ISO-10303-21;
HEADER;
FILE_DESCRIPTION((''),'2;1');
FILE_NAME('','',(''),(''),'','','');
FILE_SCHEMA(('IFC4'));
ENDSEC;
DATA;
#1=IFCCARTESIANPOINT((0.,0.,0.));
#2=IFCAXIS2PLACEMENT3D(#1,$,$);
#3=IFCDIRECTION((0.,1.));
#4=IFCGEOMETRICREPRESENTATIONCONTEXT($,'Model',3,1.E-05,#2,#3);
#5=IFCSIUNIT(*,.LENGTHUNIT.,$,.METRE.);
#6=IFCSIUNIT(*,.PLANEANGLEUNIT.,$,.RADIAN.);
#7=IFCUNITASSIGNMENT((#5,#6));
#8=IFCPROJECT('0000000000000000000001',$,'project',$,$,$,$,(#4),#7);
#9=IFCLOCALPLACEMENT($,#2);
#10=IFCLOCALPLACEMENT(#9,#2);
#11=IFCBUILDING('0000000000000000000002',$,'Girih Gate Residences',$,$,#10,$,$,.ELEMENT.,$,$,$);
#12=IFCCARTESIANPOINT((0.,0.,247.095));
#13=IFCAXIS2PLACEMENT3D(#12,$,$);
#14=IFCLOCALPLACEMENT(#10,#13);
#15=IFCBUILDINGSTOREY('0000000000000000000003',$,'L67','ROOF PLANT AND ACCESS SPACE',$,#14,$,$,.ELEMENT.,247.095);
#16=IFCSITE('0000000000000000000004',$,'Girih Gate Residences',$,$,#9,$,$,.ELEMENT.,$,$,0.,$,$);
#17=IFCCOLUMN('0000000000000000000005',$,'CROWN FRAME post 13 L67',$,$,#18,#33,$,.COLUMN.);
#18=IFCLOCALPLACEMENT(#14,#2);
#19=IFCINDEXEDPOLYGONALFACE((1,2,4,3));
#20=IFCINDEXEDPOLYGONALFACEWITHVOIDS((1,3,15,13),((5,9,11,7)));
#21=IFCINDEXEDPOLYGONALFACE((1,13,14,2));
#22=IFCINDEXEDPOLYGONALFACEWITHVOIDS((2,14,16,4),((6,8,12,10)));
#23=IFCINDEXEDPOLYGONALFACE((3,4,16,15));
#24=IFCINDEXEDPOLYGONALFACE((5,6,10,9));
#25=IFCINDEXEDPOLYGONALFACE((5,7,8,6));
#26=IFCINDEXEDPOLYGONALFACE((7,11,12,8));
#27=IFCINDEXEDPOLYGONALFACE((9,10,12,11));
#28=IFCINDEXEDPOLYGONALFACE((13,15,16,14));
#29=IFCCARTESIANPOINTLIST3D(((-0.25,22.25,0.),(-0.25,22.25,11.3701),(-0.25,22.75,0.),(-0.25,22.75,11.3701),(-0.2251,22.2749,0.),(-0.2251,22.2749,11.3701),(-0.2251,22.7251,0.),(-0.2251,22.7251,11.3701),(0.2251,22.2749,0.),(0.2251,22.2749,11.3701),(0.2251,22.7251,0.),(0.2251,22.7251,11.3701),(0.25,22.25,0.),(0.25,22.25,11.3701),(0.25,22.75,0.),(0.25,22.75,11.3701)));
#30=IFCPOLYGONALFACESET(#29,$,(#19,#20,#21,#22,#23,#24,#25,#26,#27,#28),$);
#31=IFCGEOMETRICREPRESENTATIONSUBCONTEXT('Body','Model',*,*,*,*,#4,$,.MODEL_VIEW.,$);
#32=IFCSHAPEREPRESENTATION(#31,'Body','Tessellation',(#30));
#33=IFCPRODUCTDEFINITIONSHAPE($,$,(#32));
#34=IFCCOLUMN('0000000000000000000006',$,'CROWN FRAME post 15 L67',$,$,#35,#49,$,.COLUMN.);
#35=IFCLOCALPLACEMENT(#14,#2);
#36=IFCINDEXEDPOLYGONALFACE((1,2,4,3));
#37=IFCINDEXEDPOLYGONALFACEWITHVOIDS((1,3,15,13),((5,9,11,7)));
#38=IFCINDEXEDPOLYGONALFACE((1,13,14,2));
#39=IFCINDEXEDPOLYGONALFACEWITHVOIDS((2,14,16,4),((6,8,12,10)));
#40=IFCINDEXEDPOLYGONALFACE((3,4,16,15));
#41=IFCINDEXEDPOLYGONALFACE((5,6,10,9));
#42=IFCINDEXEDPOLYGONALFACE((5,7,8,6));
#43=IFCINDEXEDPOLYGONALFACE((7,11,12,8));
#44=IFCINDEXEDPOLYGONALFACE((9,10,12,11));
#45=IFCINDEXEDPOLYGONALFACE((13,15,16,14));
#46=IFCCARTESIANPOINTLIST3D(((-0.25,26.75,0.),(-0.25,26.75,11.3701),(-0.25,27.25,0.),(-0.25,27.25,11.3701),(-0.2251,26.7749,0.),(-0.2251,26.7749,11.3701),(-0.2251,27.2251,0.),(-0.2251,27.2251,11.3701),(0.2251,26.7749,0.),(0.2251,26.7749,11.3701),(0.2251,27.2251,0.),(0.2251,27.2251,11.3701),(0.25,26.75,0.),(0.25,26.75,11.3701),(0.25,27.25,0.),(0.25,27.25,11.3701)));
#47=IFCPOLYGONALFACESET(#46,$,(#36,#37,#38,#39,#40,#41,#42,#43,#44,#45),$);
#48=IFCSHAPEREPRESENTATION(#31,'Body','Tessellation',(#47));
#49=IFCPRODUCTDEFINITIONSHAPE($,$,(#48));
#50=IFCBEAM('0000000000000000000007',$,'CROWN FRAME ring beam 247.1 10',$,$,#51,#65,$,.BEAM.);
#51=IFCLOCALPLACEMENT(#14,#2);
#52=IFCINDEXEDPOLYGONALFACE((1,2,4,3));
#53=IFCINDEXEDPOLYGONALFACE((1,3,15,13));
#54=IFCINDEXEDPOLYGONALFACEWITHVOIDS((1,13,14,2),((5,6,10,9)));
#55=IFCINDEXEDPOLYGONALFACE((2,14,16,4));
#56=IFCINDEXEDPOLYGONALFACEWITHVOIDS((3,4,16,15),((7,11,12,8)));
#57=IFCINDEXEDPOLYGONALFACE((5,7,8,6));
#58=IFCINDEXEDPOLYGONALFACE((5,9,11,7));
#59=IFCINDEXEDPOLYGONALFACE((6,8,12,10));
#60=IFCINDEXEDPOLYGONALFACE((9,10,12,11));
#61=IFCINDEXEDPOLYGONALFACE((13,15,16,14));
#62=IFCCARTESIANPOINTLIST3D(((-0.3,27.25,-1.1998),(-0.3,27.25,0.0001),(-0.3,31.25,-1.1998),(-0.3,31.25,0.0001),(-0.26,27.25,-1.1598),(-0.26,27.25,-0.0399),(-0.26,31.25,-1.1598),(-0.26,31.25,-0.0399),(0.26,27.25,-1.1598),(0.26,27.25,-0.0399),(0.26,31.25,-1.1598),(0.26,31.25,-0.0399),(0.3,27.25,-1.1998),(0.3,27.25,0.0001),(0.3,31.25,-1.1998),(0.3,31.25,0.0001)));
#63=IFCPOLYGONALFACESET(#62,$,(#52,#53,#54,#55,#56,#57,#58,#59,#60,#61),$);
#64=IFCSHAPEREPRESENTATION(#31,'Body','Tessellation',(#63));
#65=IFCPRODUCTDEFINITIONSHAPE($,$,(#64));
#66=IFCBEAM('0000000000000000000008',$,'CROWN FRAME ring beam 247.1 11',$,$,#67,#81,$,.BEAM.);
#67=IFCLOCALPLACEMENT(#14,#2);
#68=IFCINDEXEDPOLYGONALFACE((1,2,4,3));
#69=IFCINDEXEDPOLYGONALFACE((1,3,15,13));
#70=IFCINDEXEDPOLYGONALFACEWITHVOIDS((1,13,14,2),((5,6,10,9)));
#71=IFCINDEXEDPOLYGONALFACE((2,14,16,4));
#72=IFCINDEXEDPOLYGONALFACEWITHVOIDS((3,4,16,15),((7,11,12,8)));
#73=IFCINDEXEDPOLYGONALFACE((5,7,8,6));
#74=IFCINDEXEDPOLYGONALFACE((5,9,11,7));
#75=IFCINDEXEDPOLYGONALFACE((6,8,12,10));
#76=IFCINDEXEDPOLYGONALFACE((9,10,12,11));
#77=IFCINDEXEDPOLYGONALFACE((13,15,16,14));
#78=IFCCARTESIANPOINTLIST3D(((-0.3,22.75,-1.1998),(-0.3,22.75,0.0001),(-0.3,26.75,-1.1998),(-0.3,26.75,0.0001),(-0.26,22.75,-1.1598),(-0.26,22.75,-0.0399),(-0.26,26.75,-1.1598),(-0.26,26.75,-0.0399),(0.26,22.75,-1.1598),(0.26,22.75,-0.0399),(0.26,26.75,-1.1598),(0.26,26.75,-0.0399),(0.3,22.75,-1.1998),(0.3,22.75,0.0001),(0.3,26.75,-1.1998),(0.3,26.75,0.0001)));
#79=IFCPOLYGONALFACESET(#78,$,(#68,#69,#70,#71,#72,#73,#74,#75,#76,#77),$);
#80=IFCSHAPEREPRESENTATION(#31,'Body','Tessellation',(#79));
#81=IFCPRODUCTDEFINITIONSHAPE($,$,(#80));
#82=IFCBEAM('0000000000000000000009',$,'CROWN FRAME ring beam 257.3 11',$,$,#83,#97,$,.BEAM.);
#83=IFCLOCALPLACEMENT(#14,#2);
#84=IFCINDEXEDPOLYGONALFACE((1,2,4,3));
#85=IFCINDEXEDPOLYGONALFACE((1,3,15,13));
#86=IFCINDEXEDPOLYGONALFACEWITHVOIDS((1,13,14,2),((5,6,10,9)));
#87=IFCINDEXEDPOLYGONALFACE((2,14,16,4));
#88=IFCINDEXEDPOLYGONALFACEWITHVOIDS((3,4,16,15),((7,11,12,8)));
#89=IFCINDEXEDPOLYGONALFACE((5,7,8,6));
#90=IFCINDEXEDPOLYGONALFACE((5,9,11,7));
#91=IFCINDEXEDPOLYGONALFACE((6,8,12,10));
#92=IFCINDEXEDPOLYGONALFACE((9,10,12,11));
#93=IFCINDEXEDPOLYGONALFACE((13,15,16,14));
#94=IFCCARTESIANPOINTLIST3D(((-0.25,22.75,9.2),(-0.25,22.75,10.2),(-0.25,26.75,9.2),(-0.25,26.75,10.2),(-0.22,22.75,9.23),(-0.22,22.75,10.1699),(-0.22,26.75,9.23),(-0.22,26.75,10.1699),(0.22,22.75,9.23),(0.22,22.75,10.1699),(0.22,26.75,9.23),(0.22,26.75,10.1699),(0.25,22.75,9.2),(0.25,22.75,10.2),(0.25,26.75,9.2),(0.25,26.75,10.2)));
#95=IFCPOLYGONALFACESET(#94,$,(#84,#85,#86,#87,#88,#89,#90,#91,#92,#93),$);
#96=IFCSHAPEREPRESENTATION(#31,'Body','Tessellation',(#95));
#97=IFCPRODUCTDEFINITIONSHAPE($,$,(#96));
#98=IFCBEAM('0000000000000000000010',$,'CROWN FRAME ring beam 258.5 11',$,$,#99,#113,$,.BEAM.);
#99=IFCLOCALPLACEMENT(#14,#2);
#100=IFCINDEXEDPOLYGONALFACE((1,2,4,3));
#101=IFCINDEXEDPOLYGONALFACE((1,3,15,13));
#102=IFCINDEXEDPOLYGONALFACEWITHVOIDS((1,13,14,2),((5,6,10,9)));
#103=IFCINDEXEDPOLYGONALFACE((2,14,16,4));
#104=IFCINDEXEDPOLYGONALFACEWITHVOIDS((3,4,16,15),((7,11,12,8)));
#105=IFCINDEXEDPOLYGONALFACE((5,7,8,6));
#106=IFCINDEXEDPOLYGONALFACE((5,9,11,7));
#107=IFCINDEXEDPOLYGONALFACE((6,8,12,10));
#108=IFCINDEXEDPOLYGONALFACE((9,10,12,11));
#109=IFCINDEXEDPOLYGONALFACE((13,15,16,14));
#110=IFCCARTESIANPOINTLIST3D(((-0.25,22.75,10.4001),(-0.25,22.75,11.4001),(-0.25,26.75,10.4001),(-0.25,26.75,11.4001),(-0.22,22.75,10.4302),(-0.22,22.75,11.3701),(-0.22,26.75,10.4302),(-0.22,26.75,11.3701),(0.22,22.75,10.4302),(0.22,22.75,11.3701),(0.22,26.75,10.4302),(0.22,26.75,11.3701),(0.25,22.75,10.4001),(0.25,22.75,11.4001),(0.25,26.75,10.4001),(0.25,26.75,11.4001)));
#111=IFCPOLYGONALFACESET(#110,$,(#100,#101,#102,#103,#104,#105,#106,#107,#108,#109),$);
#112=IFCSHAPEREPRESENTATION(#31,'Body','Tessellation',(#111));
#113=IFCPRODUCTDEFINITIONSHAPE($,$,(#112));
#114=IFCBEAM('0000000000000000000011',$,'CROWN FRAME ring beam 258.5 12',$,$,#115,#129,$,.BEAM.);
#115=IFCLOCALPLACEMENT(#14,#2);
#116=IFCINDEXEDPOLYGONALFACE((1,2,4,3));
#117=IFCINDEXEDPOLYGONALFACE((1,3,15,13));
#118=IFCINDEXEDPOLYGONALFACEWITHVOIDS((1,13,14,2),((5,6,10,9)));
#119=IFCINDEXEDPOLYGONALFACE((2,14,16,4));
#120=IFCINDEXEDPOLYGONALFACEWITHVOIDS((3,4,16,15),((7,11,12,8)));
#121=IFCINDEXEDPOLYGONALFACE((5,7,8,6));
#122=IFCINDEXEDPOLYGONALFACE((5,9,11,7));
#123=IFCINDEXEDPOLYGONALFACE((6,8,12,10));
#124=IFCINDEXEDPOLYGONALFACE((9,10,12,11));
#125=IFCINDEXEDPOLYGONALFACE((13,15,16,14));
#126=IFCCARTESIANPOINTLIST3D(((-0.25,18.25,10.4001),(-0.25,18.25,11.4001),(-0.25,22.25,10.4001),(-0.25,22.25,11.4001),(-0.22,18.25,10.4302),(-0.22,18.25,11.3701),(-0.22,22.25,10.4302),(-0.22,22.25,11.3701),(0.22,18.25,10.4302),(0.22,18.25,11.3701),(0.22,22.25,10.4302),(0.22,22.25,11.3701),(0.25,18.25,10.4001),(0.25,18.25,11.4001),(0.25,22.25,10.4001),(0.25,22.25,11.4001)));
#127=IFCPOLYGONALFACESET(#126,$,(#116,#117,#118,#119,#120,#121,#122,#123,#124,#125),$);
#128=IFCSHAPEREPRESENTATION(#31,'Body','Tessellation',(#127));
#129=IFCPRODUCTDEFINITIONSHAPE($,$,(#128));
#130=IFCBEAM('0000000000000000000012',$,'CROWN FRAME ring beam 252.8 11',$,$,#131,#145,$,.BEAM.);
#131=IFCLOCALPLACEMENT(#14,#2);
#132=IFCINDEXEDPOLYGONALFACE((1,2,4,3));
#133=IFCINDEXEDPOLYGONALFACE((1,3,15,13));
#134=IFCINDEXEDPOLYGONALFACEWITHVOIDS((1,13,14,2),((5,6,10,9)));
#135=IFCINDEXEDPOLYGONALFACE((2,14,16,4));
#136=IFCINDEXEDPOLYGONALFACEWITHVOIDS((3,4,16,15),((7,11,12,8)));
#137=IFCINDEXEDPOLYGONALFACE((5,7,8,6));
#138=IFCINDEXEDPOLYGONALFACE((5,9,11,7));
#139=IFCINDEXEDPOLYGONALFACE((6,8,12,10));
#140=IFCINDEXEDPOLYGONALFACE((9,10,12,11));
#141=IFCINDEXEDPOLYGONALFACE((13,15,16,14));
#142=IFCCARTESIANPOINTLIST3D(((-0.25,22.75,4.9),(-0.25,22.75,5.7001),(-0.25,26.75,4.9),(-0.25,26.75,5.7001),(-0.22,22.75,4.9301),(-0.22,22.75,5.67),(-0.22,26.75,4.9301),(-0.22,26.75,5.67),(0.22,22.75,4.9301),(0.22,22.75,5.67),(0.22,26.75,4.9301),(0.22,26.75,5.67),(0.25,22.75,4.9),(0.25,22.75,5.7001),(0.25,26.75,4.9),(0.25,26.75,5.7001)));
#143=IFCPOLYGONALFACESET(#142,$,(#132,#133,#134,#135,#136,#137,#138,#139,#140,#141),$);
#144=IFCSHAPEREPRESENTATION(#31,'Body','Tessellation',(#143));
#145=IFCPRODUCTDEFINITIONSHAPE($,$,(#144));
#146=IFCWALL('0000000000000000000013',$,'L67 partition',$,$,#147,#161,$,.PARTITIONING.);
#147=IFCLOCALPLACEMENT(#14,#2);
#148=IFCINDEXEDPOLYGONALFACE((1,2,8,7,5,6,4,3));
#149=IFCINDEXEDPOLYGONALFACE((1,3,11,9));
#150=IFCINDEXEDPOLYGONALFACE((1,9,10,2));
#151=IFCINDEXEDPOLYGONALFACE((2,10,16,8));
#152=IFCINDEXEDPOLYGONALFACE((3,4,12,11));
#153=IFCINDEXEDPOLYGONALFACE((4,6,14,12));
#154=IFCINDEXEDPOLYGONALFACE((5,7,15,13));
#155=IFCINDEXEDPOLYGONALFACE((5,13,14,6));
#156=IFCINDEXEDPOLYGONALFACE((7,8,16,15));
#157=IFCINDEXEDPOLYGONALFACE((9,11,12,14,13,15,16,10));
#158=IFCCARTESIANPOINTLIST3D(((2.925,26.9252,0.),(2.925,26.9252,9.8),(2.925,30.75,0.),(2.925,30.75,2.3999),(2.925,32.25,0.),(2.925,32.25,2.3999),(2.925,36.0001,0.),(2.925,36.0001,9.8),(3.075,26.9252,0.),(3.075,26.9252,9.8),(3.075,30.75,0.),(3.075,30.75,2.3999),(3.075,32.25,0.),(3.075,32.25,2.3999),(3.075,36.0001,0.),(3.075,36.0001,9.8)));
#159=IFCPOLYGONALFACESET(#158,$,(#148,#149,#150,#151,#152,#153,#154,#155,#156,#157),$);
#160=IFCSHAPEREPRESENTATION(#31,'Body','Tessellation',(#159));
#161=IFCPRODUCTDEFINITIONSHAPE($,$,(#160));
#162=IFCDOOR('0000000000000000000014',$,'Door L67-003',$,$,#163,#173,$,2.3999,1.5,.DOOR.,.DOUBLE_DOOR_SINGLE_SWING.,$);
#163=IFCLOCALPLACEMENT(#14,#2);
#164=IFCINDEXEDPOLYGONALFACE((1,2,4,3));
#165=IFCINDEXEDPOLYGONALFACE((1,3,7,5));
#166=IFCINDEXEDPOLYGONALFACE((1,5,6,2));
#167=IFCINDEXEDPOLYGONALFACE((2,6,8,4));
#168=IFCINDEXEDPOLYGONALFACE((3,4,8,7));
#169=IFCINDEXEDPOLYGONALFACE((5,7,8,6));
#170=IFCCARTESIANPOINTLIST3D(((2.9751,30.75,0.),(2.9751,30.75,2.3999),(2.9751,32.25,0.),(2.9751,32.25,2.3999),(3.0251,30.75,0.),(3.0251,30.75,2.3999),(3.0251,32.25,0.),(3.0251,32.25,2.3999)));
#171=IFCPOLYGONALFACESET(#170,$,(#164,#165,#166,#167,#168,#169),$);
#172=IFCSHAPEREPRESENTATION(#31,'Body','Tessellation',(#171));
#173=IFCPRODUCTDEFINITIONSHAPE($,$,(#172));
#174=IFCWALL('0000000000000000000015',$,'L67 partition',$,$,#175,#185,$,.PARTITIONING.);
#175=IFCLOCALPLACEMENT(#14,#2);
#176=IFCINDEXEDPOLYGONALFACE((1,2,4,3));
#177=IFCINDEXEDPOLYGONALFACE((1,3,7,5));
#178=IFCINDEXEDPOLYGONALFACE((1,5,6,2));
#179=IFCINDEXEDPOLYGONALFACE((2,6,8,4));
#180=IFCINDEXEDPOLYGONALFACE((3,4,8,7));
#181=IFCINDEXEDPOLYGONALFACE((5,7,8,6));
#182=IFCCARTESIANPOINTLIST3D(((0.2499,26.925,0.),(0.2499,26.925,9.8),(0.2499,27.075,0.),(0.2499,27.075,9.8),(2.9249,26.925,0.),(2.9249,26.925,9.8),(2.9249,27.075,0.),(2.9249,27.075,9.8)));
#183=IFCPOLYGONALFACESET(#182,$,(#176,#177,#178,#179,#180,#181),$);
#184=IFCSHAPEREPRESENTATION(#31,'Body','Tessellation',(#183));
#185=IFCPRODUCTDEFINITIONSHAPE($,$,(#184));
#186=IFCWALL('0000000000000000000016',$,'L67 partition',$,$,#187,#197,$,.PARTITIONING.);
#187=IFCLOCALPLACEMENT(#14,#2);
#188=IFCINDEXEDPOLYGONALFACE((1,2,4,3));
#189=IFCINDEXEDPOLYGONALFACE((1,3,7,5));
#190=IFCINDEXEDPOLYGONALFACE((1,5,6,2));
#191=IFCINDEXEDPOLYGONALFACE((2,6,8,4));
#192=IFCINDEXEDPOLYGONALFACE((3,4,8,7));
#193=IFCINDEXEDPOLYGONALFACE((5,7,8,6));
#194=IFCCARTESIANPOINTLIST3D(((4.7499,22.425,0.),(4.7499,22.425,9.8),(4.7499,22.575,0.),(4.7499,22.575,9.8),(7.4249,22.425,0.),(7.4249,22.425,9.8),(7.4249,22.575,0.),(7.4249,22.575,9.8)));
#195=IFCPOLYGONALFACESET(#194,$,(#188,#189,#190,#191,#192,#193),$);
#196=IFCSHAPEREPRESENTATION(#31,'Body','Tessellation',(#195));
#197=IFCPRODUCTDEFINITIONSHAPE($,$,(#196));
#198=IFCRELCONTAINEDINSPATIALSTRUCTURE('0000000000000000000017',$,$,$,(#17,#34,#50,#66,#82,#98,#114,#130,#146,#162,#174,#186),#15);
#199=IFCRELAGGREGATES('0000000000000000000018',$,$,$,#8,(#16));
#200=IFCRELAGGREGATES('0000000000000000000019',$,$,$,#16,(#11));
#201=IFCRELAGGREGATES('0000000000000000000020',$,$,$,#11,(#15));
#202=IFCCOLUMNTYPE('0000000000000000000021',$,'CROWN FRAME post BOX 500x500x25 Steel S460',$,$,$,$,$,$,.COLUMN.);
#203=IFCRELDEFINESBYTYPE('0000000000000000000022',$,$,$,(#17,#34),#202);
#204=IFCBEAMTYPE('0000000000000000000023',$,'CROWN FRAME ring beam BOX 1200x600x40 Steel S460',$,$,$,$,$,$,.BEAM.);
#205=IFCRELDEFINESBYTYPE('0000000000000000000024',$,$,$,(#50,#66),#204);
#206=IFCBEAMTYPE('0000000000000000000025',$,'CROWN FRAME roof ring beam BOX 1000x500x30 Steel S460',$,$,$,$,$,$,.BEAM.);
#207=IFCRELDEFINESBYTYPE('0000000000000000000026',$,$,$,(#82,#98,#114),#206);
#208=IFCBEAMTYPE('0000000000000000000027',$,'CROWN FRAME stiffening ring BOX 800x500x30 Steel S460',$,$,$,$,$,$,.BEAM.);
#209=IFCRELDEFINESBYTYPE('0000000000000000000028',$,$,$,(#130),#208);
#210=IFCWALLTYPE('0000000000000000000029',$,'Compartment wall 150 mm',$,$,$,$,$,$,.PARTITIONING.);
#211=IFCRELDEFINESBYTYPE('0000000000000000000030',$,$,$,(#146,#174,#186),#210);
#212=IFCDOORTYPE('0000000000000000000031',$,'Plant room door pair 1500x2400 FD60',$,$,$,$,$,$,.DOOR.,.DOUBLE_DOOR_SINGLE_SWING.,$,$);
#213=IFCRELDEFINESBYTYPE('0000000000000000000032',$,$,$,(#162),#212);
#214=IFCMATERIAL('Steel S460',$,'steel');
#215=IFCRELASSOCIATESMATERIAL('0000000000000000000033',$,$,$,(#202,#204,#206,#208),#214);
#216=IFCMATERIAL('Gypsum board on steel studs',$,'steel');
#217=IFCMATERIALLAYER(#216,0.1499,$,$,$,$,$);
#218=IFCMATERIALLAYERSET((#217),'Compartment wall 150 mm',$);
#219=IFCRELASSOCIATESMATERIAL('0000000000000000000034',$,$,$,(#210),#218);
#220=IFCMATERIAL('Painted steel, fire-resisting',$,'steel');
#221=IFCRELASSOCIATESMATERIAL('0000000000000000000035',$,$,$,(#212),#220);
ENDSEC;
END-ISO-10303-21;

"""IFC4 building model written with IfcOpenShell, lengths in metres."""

from ifc_helpers import new_model, si_unit, direction, frame, frame_2d, origin, origin_2d, place, context, subcontext, project, spatial, rectangle, hollow_rectangle, extrude, material, layer, layer_set, material_profile, profile_set, type_object, element, fill, save


model = new_model("IFC4")

# Units and contexts
model_context = context("Model", 3, precision=1e-05, world=origin(), true_north=direction((0.0, 1.0)))
body_context = subcontext(model_context, "Body", "Model", "MODEL_VIEW")
ifc_project = project(units=[si_unit("LENGTHUNIT", "METRE"), si_unit("PLANEANGLEUNIT", "RADIAN")], contexts=[model_context])

# Site, building, storey
site_placement = place(None, origin())
site = spatial("IfcSite", under=ifc_project, at=site_placement, Name="Girih Gate Residences", CompositionType="ELEMENT", RefElevation=0.0)
building_placement = place(site_placement, origin())
building = spatial("IfcBuilding", under=site, at=building_placement, Name="Girih Gate Residences", CompositionType="ELEMENT")
storey_placement = place(building_placement, frame((0.0, 0.0, 247.095)))
storey = spatial("IfcBuildingStorey", under=building, at=storey_placement, Name="L67", Description="ROOF PLANT AND ACCESS SPACE", CompositionType="ELEMENT", Elevation=247.095)

# Columns
ifc_material_1 = material(Name="Steel S460", Category="steel")
ifc_material_profile_1 = material_profile(ifc_material_1, hollow_rectangle(XDim=0.5, YDim=0.5, WallThickness=0.0249, at=origin_2d()))
ifc_profile_set_1 = profile_set([ifc_material_profile_1], Name="Steel S460")
column_type = type_object("IfcColumnType", Name="CROWN FRAME post BOX 500x500x25 Steel S460", PredefinedType="COLUMN", material=ifc_profile_set_1)
for number, where, z_axis, x_axis, name in (
    (1, (0.0, 22.5, 0.0), (0.0, 0.0, 1.0), (1.0, 0.0, 0.0), "CROWN FRAME post 13 L67"),
    (2, (0.0, 27.0, 0.0), (0.0, 0.0, 1.0), (1.0, 0.0, 0.0), "CROWN FRAME post 15 L67"),
):
    element("IfcColumn", number, at=place(storey_placement, frame(where, z_axis=z_axis, x_axis=x_axis)), inside=storey, type_object=column_type, Name=name, PredefinedType="COLUMN", context=body_context, shape_type="SweptSolid", body=[
        extrude(hollow_rectangle(XDim=0.5, YDim=0.5, WallThickness=0.0249, at=origin_2d()), origin(), (0.0, 0.0, 1.0), 11.3701),
    ])

# Beams
ifc_material_profile_2 = material_profile(ifc_material_1, hollow_rectangle(XDim=0.6001, YDim=1.2, WallThickness=0.04, at=origin_2d()))
ifc_profile_set_2 = profile_set([ifc_material_profile_2], Name="Steel S460")
beam_type_1 = type_object("IfcBeamType", Name="CROWN FRAME ring beam BOX 1200x600x40 Steel S460", PredefinedType="BEAM", material=ifc_profile_set_2)
for number, where, z_axis, x_axis, name in (
    (3, (0.0, 31.25, -0.5999), (0.0, -1.0, 0.0), (1.0, 0.0, 0.0), "CROWN FRAME ring beam 247.1 10"),
    (4, (0.0, 26.75, -0.5999), (0.0, -1.0, 0.0), (1.0, 0.0, 0.0), "CROWN FRAME ring beam 247.1 11"),
):
    element("IfcBeam", number, at=place(storey_placement, frame(where, z_axis=z_axis, x_axis=x_axis)), inside=storey, type_object=beam_type_1, Name=name, PredefinedType="BEAM", context=body_context, shape_type="SweptSolid", body=[
        extrude(hollow_rectangle(XDim=0.6001, YDim=1.2, WallThickness=0.04, at=origin_2d()), origin(), (0.0, 0.0, 1.0), 4.0),
    ])
ifc_material_profile_3 = material_profile(ifc_material_1, hollow_rectangle(XDim=0.5, YDim=1.0, WallThickness=0.03, at=origin_2d()))
ifc_profile_set_3 = profile_set([ifc_material_profile_3], Name="Steel S460")
beam_type_2 = type_object("IfcBeamType", Name="CROWN FRAME roof ring beam BOX 1000x500x30 Steel S460", PredefinedType="BEAM", material=ifc_profile_set_3)
for number, where, z_axis, x_axis, name in (
    (5, (0.0, 26.75, 9.7), (0.0, -1.0, 0.0), (1.0, 0.0, 0.0), "CROWN FRAME ring beam 257.3 11"),
    (6, (0.0, 26.75, 10.9001), (0.0, -1.0, 0.0), (1.0, 0.0, 0.0), "CROWN FRAME ring beam 258.5 11"),
    (7, (0.0, 22.25, 10.9001), (0.0, -1.0, 0.0), (1.0, 0.0, 0.0), "CROWN FRAME ring beam 258.5 12"),
):
    element("IfcBeam", number, at=place(storey_placement, frame(where, z_axis=z_axis, x_axis=x_axis)), inside=storey, type_object=beam_type_2, Name=name, PredefinedType="BEAM", context=body_context, shape_type="SweptSolid", body=[
        extrude(hollow_rectangle(XDim=0.5, YDim=1.0, WallThickness=0.03, at=origin_2d()), origin(), (0.0, 0.0, 1.0), 4.0),
    ])
ifc_material_profile_4 = material_profile(ifc_material_1, hollow_rectangle(XDim=0.5, YDim=0.8, WallThickness=0.03, at=origin_2d()))
ifc_profile_set_4 = profile_set([ifc_material_profile_4], Name="Steel S460")
beam_type_3 = type_object("IfcBeamType", Name="CROWN FRAME stiffening ring BOX 800x500x30 Steel S460", PredefinedType="BEAM", material=ifc_profile_set_4)
beam_placement = place(storey_placement, frame((0.0, 26.75, 5.3), z_axis=(0.0, -1.0, 0.0), x_axis=(1.0, 0.0, 0.0)))
element("IfcBeam", 8, at=beam_placement, inside=storey, type_object=beam_type_3, Name="CROWN FRAME ring beam 252.8 11", PredefinedType="BEAM", context=body_context, shape_type="SweptSolid", body=[
    extrude(hollow_rectangle(XDim=0.5, YDim=0.8, WallThickness=0.03, at=origin_2d()), origin(), (0.0, 0.0, 1.0), 4.0),
])

# Wall, opening, door
ifc_material_2 = material(Name="Gypsum board on steel studs", Category="steel")
ifc_layer_1 = layer(ifc_material_2, 0.1499)
ifc_layer_set_1 = layer_set([ifc_layer_1], Name="Compartment wall 150 mm")
wall_type_1 = type_object("IfcWallType", Name="Compartment wall 150 mm", PredefinedType="PARTITIONING", material=ifc_layer_set_1)
wall_1_placement = place(storey_placement, frame((3.0, 26.925, 0.0), z_axis=(0.0, 0.0, 1.0), x_axis=(0.0, 1.0, 0.0)))
wall_1 = element("IfcWall", 9, at=wall_1_placement, inside=storey, type_object=wall_type_1, Name="L67 partition", PredefinedType="PARTITIONING", context=body_context, shape_type="SweptSolid", body=[
    extrude(rectangle(XDim=9.075, YDim=0.1499, at=frame_2d((4.5376, 0.0))), origin(), (0.0, 0.0, 1.0), 9.8),
])
opening_1_placement = place(wall_1_placement, frame((3.825, 0.0, 0.0)))
opening_1 = element("IfcOpeningElement", 10, at=opening_1_placement, cuts=wall_1, PredefinedType="OPENING", context=body_context, shape_type="SweptSolid", body=[
    extrude(rectangle(XDim=1.5, YDim=2.3999, at=frame_2d((0.75, 1.2))), frame((0.0, 0.085, 0.0), z_axis=(0.0, -1.0, 0.0), x_axis=(1.0, 0.0, 0.0)), (0.0, 0.0, 1.0), 0.1699),
])
ifc_material_3 = material(Name="Painted steel, fire-resisting", Category="steel")
door_type_1 = type_object("IfcDoorType", Name="Plant room door pair 1500x2400 FD60", OperationType="DOUBLE_DOOR_SINGLE_SWING", PredefinedType="DOOR", material=ifc_material_3)
door_1_placement = place(opening_1_placement, origin())
door_1 = element("IfcDoor", 11, at=door_1_placement, inside=storey, type_object=door_type_1, Name="Door L67-003", OperationType="DOUBLE_DOOR_SINGLE_SWING", OverallHeight=2.3999, OverallWidth=1.5, PredefinedType="DOOR", context=body_context, shape_type="SweptSolid", body=[
    extrude(rectangle(XDim=1.5, YDim=2.3999, at=frame_2d((0.75, 1.2))), frame((0.0, 0.0249, 0.0), z_axis=(0.0, -1.0, 0.0), x_axis=(1.0, 0.0, 0.0)), (0.0, 0.0, 1.0), 0.05),
])
fill(opening_1, door_1)

# Walls
for number, where, z_axis, x_axis, name in (
    (12, (0.25, 27.0, 0.0), (0.0, 0.0, 1.0), (1.0, 0.0, 0.0), "L67 partition"),
    (13, (4.75, 22.5, 0.0), (0.0, 0.0, 1.0), (1.0, 0.0, 0.0), "L67 partition"),
):
    element("IfcWall", number, at=place(storey_placement, frame(where, z_axis=z_axis, x_axis=x_axis)), inside=storey, type_object=wall_type_1, Name=name, PredefinedType="PARTITIONING", context=body_context, shape_type="SweptSolid", body=[
        extrude(rectangle(XDim=2.675, YDim=0.1499, at=frame_2d((1.3374, 0.0))), origin(), (0.0, 0.0, 1.0), 9.8),
    ])

save(model, "model.ifc")
